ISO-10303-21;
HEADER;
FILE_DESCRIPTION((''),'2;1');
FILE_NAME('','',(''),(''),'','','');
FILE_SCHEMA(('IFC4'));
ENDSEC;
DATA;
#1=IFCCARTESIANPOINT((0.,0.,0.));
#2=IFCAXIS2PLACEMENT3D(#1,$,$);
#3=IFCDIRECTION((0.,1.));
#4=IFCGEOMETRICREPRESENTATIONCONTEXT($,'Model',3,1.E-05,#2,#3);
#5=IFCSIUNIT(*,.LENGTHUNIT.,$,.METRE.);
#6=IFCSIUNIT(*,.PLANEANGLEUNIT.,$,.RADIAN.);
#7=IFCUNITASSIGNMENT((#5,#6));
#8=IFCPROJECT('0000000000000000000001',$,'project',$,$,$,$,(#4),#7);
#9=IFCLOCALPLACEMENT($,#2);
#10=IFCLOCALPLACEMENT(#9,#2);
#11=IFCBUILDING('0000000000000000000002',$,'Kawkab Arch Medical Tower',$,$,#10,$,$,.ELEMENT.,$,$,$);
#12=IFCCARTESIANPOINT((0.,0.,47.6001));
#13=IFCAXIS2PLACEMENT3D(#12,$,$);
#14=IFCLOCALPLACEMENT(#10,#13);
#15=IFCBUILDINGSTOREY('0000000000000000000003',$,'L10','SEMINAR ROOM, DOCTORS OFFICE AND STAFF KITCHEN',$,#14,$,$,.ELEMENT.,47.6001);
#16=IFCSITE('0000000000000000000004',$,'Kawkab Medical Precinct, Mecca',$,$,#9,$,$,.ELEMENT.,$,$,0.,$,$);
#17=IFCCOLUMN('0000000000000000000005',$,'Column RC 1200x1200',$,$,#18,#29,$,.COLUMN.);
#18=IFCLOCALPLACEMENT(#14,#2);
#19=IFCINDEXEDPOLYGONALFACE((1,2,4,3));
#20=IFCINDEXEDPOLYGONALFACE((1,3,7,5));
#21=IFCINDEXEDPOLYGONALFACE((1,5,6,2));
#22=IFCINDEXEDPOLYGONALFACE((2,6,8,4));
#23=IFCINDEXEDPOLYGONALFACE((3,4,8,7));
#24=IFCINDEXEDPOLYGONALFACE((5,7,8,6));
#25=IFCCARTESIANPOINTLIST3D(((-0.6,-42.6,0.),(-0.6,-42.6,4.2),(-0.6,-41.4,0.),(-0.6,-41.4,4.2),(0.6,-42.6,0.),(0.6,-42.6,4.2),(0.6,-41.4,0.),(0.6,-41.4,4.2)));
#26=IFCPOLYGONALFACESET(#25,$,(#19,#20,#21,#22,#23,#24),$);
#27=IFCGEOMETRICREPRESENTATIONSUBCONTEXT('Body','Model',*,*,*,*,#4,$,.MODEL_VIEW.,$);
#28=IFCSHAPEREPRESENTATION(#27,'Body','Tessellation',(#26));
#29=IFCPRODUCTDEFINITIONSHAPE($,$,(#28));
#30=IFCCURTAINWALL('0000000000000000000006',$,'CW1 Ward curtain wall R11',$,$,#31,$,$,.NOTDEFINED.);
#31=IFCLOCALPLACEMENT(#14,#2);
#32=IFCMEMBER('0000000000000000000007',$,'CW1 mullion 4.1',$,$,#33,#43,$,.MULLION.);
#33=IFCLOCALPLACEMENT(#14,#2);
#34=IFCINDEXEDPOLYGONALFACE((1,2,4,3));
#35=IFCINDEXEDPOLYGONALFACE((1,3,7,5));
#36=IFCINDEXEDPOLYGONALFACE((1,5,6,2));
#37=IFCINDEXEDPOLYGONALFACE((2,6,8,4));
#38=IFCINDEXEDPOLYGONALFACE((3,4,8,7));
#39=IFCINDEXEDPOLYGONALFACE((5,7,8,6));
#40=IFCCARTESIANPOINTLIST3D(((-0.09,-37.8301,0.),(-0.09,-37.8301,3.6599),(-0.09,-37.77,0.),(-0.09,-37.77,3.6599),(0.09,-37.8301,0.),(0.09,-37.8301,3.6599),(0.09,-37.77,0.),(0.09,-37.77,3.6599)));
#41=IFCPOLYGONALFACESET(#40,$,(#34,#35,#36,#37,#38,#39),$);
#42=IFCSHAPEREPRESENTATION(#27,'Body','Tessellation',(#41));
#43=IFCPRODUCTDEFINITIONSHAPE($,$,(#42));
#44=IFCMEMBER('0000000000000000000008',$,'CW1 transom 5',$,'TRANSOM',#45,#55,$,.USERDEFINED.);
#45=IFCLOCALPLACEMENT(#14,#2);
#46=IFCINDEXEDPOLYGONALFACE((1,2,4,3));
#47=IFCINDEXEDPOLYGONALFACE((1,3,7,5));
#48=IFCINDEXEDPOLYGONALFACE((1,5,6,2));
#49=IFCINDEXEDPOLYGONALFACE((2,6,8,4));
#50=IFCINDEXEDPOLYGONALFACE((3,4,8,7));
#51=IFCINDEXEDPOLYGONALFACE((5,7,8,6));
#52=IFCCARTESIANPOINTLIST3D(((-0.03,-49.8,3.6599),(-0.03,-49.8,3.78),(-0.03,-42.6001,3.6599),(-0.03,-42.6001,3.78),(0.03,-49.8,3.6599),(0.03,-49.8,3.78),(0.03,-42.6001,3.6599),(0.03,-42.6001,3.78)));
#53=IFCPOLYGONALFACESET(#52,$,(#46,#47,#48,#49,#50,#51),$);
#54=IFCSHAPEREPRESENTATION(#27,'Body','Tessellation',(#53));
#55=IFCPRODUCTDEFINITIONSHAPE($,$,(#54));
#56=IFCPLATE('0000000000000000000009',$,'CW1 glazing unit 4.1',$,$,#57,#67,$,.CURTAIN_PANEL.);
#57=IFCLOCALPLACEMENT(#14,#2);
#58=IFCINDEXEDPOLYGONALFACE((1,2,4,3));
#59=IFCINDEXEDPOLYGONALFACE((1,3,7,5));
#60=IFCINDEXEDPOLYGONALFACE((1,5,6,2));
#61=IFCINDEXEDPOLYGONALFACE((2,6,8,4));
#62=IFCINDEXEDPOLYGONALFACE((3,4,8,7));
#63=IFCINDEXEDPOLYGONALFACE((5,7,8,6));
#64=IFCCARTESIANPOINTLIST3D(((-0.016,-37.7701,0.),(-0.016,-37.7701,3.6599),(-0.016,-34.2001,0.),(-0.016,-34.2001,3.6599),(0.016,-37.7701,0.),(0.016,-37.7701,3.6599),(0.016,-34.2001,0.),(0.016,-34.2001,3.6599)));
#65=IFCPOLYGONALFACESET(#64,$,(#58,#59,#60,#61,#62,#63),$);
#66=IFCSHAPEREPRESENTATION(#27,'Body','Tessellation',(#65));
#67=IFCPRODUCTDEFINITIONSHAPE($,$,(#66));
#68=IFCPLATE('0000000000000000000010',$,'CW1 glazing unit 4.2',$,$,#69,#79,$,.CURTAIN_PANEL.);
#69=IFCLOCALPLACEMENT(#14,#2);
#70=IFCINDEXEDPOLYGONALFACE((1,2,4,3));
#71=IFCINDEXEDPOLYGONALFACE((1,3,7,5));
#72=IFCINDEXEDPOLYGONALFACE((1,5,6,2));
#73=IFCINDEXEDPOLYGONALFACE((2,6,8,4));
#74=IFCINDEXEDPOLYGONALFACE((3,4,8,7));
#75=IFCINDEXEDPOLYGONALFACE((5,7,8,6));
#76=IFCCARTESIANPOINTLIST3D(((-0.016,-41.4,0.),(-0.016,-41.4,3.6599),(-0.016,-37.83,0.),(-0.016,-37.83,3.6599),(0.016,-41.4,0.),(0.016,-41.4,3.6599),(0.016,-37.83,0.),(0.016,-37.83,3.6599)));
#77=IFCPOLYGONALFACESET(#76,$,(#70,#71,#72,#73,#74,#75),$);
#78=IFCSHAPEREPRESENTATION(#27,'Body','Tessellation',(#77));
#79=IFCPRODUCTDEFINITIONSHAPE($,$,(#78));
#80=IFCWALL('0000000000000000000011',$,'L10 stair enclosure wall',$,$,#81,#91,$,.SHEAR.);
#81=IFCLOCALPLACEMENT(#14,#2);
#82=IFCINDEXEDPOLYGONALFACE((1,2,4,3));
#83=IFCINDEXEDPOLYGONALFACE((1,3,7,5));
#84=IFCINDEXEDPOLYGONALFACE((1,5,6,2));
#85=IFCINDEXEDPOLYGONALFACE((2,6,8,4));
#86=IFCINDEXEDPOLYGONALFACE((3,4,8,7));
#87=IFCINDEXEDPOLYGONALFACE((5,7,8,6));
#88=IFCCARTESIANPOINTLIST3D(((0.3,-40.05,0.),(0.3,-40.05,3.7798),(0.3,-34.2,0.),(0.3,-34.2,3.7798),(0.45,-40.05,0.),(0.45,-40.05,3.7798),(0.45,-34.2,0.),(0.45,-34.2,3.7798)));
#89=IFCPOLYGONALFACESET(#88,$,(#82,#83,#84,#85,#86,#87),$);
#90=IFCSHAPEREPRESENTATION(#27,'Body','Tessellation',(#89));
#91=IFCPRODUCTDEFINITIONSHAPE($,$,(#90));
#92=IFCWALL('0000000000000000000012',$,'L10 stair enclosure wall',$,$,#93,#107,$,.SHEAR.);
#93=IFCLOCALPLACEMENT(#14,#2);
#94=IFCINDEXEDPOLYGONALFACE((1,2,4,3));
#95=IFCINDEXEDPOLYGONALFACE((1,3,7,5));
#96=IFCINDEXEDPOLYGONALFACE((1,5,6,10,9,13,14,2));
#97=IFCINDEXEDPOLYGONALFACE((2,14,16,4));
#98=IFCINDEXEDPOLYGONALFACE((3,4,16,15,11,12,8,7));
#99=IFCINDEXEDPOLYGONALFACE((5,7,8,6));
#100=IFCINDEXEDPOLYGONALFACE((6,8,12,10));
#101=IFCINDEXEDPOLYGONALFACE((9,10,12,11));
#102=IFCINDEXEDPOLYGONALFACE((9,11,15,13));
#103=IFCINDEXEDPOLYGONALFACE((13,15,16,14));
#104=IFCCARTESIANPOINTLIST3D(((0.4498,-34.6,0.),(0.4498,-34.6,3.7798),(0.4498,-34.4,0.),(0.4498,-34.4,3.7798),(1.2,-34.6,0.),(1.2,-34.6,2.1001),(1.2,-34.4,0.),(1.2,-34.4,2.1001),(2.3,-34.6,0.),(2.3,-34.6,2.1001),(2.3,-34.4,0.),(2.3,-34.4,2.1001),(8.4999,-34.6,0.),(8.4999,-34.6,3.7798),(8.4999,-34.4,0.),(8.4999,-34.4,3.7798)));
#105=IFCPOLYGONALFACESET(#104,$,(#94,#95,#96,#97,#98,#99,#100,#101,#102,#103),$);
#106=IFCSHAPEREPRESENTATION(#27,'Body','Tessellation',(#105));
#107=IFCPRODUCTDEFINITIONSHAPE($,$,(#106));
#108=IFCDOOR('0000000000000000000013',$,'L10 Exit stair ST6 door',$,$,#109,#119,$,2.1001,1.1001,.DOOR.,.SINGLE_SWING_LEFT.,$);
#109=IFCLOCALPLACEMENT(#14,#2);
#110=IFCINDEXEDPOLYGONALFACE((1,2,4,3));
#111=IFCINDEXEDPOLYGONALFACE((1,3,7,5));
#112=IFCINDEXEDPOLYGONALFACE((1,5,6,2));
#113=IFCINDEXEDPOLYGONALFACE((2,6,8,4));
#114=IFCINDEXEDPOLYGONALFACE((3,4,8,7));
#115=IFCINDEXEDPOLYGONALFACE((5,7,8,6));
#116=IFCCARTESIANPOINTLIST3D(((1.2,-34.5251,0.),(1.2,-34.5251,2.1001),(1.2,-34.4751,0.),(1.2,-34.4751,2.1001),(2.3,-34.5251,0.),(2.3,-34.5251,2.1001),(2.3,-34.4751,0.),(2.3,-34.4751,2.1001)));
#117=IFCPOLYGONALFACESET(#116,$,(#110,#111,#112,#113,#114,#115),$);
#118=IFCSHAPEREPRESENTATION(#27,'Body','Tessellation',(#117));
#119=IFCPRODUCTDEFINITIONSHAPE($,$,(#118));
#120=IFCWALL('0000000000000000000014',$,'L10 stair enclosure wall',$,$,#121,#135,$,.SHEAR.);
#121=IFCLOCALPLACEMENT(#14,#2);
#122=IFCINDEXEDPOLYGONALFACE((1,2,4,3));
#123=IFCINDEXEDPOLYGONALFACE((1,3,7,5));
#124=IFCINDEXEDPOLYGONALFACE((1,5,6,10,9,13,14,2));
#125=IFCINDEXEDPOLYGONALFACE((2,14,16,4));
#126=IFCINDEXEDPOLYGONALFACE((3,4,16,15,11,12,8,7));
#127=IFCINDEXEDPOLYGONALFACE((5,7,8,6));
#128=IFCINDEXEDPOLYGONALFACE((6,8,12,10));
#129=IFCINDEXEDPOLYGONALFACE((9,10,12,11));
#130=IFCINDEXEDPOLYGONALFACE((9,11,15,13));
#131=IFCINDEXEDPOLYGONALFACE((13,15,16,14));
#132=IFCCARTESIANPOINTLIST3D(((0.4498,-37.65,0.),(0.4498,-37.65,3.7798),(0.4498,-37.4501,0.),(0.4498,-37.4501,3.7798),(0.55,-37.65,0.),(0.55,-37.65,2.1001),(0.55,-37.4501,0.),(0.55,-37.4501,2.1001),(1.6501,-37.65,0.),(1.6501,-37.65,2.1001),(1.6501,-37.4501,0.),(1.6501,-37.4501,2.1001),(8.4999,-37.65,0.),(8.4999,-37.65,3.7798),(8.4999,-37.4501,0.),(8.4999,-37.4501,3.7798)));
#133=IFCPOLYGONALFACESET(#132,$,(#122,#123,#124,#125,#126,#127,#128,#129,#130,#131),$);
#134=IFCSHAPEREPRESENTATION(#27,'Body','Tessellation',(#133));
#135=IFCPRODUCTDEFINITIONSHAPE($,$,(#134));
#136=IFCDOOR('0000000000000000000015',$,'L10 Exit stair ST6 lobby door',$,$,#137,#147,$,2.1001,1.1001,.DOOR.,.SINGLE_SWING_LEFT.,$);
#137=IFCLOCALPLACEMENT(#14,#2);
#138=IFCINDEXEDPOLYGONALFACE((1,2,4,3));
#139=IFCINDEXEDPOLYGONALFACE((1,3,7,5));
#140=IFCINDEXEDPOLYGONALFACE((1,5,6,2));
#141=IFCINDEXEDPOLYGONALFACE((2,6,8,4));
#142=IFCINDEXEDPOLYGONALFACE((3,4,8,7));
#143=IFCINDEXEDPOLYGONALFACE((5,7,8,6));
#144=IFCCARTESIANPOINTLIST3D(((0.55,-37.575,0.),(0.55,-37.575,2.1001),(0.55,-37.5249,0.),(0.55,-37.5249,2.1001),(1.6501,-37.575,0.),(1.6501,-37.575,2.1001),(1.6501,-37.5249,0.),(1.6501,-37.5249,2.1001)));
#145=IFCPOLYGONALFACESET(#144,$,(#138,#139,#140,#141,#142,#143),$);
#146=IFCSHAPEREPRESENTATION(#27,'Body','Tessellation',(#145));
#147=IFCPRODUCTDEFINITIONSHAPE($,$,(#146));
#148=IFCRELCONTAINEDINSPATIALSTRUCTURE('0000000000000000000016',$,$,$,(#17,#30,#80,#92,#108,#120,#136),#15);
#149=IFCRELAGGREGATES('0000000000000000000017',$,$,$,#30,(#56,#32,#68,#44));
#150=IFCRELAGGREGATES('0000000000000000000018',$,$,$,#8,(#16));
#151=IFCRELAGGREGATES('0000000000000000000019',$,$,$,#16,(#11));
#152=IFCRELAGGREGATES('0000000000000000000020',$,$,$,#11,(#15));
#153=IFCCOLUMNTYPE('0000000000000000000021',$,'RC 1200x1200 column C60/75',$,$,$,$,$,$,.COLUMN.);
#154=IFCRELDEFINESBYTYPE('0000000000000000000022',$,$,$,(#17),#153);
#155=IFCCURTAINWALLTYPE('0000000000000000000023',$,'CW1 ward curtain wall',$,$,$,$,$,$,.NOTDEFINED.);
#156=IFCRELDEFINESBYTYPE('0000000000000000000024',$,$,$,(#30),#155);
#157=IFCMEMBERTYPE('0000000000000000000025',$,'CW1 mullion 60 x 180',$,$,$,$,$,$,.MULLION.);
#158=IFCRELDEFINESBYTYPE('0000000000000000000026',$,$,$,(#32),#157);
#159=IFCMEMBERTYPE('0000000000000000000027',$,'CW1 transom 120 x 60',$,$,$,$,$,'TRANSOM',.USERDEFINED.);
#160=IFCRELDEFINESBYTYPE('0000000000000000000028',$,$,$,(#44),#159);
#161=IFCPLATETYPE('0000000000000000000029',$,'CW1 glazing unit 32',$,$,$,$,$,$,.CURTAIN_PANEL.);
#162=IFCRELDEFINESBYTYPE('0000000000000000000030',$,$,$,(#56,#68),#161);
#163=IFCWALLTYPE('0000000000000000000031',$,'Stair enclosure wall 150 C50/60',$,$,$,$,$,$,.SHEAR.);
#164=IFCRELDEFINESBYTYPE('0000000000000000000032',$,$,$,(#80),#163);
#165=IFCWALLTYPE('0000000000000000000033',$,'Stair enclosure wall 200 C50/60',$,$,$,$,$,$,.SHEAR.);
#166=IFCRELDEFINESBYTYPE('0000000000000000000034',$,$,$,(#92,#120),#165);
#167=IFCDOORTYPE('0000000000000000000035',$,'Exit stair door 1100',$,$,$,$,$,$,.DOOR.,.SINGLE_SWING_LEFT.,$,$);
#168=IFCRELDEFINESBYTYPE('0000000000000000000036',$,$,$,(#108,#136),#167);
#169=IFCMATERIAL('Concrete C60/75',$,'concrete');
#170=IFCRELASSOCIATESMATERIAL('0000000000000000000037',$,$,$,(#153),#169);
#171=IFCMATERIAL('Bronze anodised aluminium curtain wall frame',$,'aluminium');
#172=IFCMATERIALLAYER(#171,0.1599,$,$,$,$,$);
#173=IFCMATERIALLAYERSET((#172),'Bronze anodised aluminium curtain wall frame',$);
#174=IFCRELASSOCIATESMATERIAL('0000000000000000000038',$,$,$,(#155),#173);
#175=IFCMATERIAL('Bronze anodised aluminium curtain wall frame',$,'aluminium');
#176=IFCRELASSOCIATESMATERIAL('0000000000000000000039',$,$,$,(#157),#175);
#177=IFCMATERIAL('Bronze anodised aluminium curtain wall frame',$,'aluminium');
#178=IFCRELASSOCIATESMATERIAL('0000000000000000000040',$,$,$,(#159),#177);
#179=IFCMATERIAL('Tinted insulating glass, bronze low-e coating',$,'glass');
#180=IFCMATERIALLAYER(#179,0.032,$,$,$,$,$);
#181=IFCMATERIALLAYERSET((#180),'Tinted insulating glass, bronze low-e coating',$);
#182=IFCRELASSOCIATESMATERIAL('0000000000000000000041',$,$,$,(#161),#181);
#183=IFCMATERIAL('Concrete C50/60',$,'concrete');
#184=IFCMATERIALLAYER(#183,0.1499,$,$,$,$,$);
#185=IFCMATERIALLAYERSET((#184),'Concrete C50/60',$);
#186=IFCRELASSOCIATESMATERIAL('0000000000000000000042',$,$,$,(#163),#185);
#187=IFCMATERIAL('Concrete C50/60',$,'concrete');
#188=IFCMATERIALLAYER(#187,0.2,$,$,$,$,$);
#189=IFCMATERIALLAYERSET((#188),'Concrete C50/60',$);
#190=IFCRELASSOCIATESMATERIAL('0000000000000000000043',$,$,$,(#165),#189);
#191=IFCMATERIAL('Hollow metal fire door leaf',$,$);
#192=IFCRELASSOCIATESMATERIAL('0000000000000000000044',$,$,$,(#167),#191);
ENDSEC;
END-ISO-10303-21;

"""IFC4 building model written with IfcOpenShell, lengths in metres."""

from ifc_helpers import new_model, si_unit, direction, frame, frame_2d, origin, origin_2d, place, context, subcontext, project, spatial, rectangle, extrude, material, layer, layer_set, material_profile, profile_set, type_object, element, fill, aggregate, save


model = new_model("IFC4")

# Units and contexts
model_context = context("Model", 3, precision=1e-05, world=origin(), true_north=direction((0.0, 1.0)))
body_context = subcontext(model_context, "Body", "Model", "MODEL_VIEW")
ifc_project = project(units=[si_unit("LENGTHUNIT", "METRE"), si_unit("PLANEANGLEUNIT", "RADIAN")], contexts=[model_context])

# Site, building, storey
site_placement = place(None, origin())
site = spatial("IfcSite", under=ifc_project, at=site_placement, Name="Kawkab Medical Precinct, Mecca", CompositionType="ELEMENT", RefElevation=0.0)
building_placement = place(site_placement, origin())
building = spatial("IfcBuilding", under=site, at=building_placement, Name="Kawkab Arch Medical Tower", CompositionType="ELEMENT")
storey_placement = place(building_placement, frame((0.0, 0.0, 47.6001)))
storey = spatial("IfcBuildingStorey", under=building, at=storey_placement, Name="L10", Description="SEMINAR ROOM, DOCTORS OFFICE AND STAFF KITCHEN", CompositionType="ELEMENT", Elevation=47.6001)

# Column
ifc_material_1 = material(Name="Concrete C60/75", Category="concrete")
ifc_material_profile_1 = material_profile(ifc_material_1, rectangle(XDim=1.2, YDim=1.2, at=origin_2d()), Name="RC 1200x1200")
ifc_profile_set_1 = profile_set([ifc_material_profile_1], Name="Concrete C60/75")
column_type = type_object("IfcColumnType", Name="RC 1200x1200 column C60/75", PredefinedType="COLUMN", material=ifc_profile_set_1)
column_placement = place(storey_placement, frame((0.0, -42.0, 0.0), z_axis=(0.0, 0.0, 1.0), x_axis=(1.0, 0.0, 0.0)))
element("IfcColumn", 1, at=column_placement, inside=storey, type_object=column_type, Name="Column RC 1200x1200", PredefinedType="COLUMN", context=body_context, shape_type="SweptSolid", body=[
    extrude(rectangle(XDim=1.2, YDim=1.2, at=origin_2d()), origin(), (0.0, 0.0, 1.0), 4.2),
])

# Curtain wall, members, plates
ifc_material_2 = material(Name="Bronze anodised aluminium curtain wall frame", Category="aluminium")
ifc_layer_1 = layer(ifc_material_2, 0.1599)
ifc_layer_set_1 = layer_set([ifc_layer_1], Name="Bronze anodised aluminium curtain wall frame")
curtain_wall_type = type_object("IfcCurtainWallType", Name="CW1 ward curtain wall", PredefinedType="NOTDEFINED", material=ifc_layer_set_1)
placement = place(storey_placement, origin())
curtain_wall = element("IfcCurtainWall", 2, at=placement, inside=storey, type_object=curtain_wall_type, Name="CW1 Ward curtain wall R11", PredefinedType="NOTDEFINED")
ifc_material_3 = material(Name="Bronze anodised aluminium curtain wall frame", Category="aluminium")
ifc_material_profile_2 = material_profile(ifc_material_3, rectangle(XDim=0.1799, YDim=0.0601, at=origin_2d()), Name="AL 60x180")
ifc_profile_set_2 = profile_set([ifc_material_profile_2], Name="Bronze anodised aluminium curtain wall frame")
member_type_1 = type_object("IfcMemberType", Name="CW1 mullion 60 x 180", PredefinedType="MULLION", material=ifc_profile_set_2)
member_1_placement = place(storey_placement, frame((0.0, -37.8, 0.0), z_axis=(0.0, 0.0, 1.0), x_axis=(1.0, 0.0, 0.0)))
member_1 = element("IfcMember", 3, at=member_1_placement, type_object=member_type_1, Name="CW1 mullion 4.1", PredefinedType="MULLION", context=body_context, shape_type="SweptSolid", body=[
    extrude(rectangle(XDim=0.1799, YDim=0.0601, at=origin_2d()), origin(), (0.0, 0.0, 1.0), 3.6599),
])
ifc_material_4 = material(Name="Bronze anodised aluminium curtain wall frame", Category="aluminium")
ifc_material_profile_3 = material_profile(ifc_material_4, rectangle(XDim=0.0601, YDim=0.1201, at=origin_2d()), Name="AL 60x120")
ifc_profile_set_3 = profile_set([ifc_material_profile_3], Name="Bronze anodised aluminium curtain wall frame")
member_type_2 = type_object("IfcMemberType", Name="CW1 transom 120 x 60", ElementType="TRANSOM", PredefinedType="USERDEFINED", material=ifc_profile_set_3)
member_2_placement = place(storey_placement, frame((0.0, -42.6001, 3.72), z_axis=(0.0, -1.0, 0.0), x_axis=(1.0, 0.0, 0.0)))
member_2 = element("IfcMember", 4, at=member_2_placement, type_object=member_type_2, Name="CW1 transom 5", ObjectType="TRANSOM", PredefinedType="USERDEFINED", context=body_context, shape_type="SweptSolid", body=[
    extrude(rectangle(XDim=0.0601, YDim=0.1201, at=origin_2d()), origin(), (0.0, 0.0, 1.0), 7.2),
])
ifc_material_5 = material(Name="Tinted insulating glass, bronze low-e coating", Category="glass")
ifc_layer_2 = layer(ifc_material_5, 0.032)
ifc_layer_set_2 = layer_set([ifc_layer_2], Name="Tinted insulating glass, bronze low-e coating")
plate_type = type_object("IfcPlateType", Name="CW1 glazing unit 32", PredefinedType="CURTAIN_PANEL", material=ifc_layer_set_2)
plate_1_placement = place(storey_placement, frame((0.0, -35.9851, 0.0), z_axis=(0.0, 0.0, 1.0), x_axis=(0.0, -1.0, 0.0)))
plate_1 = element("IfcPlate", 5, at=plate_1_placement, type_object=plate_type, Name="CW1 glazing unit 4.1", PredefinedType="CURTAIN_PANEL", context=body_context, shape_type="SweptSolid", body=[
    extrude(rectangle(XDim=3.5701, YDim=0.032, at=origin_2d()), origin(), (0.0, 0.0, 1.0), 3.6599),
])
plate_2_placement = place(storey_placement, frame((0.0, -39.615, 0.0), z_axis=(0.0, 0.0, 1.0), x_axis=(0.0, -1.0, 0.0)))
plate_2 = element("IfcPlate", 6, at=plate_2_placement, type_object=plate_type, Name="CW1 glazing unit 4.2", PredefinedType="CURTAIN_PANEL", context=body_context, shape_type="SweptSolid", body=[
    extrude(rectangle(XDim=3.5701, YDim=0.032, at=origin_2d()), origin(), (0.0, 0.0, 1.0), 3.6599),
])
aggregate(curtain_wall, [plate_1, member_1, plate_2, member_2])

# Wall
ifc_material_6 = material(Name="Concrete C50/60", Category="concrete")
ifc_layer_3 = layer(ifc_material_6, 0.1499)
ifc_layer_set_3 = layer_set([ifc_layer_3], Name="Concrete C50/60")
wall_type_1 = type_object("IfcWallType", Name="Stair enclosure wall 150 C50/60", PredefinedType="SHEAR", material=ifc_layer_set_3)
wall_1_placement = place(storey_placement, frame((0.375, -40.05, 0.0), z_axis=(0.0, 0.0, 1.0), x_axis=(0.0, 1.0, 0.0)))
element("IfcWall", 7, at=wall_1_placement, inside=storey, type_object=wall_type_1, Name="L10 stair enclosure wall", PredefinedType="SHEAR", context=body_context, shape_type="SweptSolid", body=[
    extrude(rectangle(XDim=5.8501, YDim=0.1499, at=frame_2d((2.925, 0.0))), origin(), (0.0, 0.0, 1.0), 3.7798),
])

# Walls, openings, doors
ifc_material_7 = material(Name="Concrete C50/60", Category="concrete")
ifc_layer_4 = layer(ifc_material_7, 0.2)
ifc_layer_set_4 = layer_set([ifc_layer_4], Name="Concrete C50/60")
wall_type_2 = type_object("IfcWallType", Name="Stair enclosure wall 200 C50/60", PredefinedType="SHEAR", material=ifc_layer_set_4)
wall_2_placement = place(storey_placement, frame((0.45, -34.5, 0.0), z_axis=(0.0, 0.0, 1.0), x_axis=(1.0, 0.0, 0.0)))
wall_2 = element("IfcWall", 8, at=wall_2_placement, inside=storey, type_object=wall_type_2, Name="L10 stair enclosure wall", PredefinedType="SHEAR", context=body_context, shape_type="SweptSolid", body=[
    extrude(rectangle(XDim=8.05, YDim=0.2, at=frame_2d((4.0249, 0.0))), origin(), (0.0, 0.0, 1.0), 3.7798),
])
opening_1_placement = place(wall_2_placement, frame((0.75, 0.0, 0.0)))
opening_1 = element("IfcOpeningElement", 9, at=opening_1_placement, cuts=wall_2, PredefinedType="OPENING", context=body_context, shape_type="SweptSolid", body=[
    extrude(rectangle(XDim=1.1001, YDim=2.1001, at=frame_2d((0.55, 1.05))), frame((0.0, 0.1099, 0.0), z_axis=(0.0, -1.0, 0.0), x_axis=(1.0, 0.0, 0.0)), (0.0, 0.0, 1.0), 0.22),
])
ifc_material_8 = material(Name="Hollow metal fire door leaf")
door_type_1 = type_object("IfcDoorType", Name="Exit stair door 1100", OperationType="SINGLE_SWING_LEFT", PredefinedType="DOOR", material=ifc_material_8)
door_1_placement = place(opening_1_placement, origin())
door_1 = element("IfcDoor", 10, at=door_1_placement, inside=storey, type_object=door_type_1, Name="L10 Exit stair ST6 door", OperationType="SINGLE_SWING_LEFT", OverallHeight=2.1001, OverallWidth=1.1001, PredefinedType="DOOR", context=body_context, shape_type="SweptSolid", body=[
    extrude(rectangle(XDim=1.1001, YDim=2.1001, at=frame_2d((0.55, 1.05))), frame((0.0, 0.0249, 0.0), z_axis=(0.0, -1.0, 0.0), x_axis=(1.0, 0.0, 0.0)), (0.0, 0.0, 1.0), 0.05),
])
fill(opening_1, door_1)
wall_3_placement = place(storey_placement, frame((0.45, -37.55, 0.0), z_axis=(0.0, 0.0, 1.0), x_axis=(1.0, 0.0, 0.0)))
wall_3 = element("IfcWall", 11, at=wall_3_placement, inside=storey, type_object=wall_type_2, Name="L10 stair enclosure wall", PredefinedType="SHEAR", context=body_context, shape_type="SweptSolid", body=[
    extrude(rectangle(XDim=8.05, YDim=0.2, at=frame_2d((4.0249, 0.0))), origin(), (0.0, 0.0, 1.0), 3.7798),
])
opening_2_placement = place(wall_3_placement, frame((0.1001, 0.0, 0.0)))
opening_2 = element("IfcOpeningElement", 12, at=opening_2_placement, cuts=wall_3, PredefinedType="OPENING", context=body_context, shape_type="SweptSolid", body=[
    extrude(rectangle(XDim=1.1001, YDim=2.1001, at=frame_2d((0.55, 1.05))), frame((0.0, 0.1099, 0.0), z_axis=(0.0, -1.0, 0.0), x_axis=(1.0, 0.0, 0.0)), (0.0, 0.0, 1.0), 0.22),
])
door_2_placement = place(opening_2_placement, frame((1.1001, 0.0, 0.0), z_axis=(0.0, 0.0, 1.0), x_axis=(-1.0, 0.0, 0.0)))
door_2 = element("IfcDoor", 13, at=door_2_placement, inside=storey, type_object=door_type_1, Name="L10 Exit stair ST6 lobby door", OperationType="SINGLE_SWING_LEFT", OverallHeight=2.1001, OverallWidth=1.1001, PredefinedType="DOOR", context=body_context, shape_type="SweptSolid", body=[
    extrude(rectangle(XDim=1.1001, YDim=2.1001, at=frame_2d((0.55, 1.05))), frame((0.0, 0.0249, 0.0), z_axis=(0.0, -1.0, 0.0), x_axis=(1.0, 0.0, 0.0)), (0.0, 0.0, 1.0), 0.05),
])
fill(opening_2, door_2)

save(model, "model.ifc")
